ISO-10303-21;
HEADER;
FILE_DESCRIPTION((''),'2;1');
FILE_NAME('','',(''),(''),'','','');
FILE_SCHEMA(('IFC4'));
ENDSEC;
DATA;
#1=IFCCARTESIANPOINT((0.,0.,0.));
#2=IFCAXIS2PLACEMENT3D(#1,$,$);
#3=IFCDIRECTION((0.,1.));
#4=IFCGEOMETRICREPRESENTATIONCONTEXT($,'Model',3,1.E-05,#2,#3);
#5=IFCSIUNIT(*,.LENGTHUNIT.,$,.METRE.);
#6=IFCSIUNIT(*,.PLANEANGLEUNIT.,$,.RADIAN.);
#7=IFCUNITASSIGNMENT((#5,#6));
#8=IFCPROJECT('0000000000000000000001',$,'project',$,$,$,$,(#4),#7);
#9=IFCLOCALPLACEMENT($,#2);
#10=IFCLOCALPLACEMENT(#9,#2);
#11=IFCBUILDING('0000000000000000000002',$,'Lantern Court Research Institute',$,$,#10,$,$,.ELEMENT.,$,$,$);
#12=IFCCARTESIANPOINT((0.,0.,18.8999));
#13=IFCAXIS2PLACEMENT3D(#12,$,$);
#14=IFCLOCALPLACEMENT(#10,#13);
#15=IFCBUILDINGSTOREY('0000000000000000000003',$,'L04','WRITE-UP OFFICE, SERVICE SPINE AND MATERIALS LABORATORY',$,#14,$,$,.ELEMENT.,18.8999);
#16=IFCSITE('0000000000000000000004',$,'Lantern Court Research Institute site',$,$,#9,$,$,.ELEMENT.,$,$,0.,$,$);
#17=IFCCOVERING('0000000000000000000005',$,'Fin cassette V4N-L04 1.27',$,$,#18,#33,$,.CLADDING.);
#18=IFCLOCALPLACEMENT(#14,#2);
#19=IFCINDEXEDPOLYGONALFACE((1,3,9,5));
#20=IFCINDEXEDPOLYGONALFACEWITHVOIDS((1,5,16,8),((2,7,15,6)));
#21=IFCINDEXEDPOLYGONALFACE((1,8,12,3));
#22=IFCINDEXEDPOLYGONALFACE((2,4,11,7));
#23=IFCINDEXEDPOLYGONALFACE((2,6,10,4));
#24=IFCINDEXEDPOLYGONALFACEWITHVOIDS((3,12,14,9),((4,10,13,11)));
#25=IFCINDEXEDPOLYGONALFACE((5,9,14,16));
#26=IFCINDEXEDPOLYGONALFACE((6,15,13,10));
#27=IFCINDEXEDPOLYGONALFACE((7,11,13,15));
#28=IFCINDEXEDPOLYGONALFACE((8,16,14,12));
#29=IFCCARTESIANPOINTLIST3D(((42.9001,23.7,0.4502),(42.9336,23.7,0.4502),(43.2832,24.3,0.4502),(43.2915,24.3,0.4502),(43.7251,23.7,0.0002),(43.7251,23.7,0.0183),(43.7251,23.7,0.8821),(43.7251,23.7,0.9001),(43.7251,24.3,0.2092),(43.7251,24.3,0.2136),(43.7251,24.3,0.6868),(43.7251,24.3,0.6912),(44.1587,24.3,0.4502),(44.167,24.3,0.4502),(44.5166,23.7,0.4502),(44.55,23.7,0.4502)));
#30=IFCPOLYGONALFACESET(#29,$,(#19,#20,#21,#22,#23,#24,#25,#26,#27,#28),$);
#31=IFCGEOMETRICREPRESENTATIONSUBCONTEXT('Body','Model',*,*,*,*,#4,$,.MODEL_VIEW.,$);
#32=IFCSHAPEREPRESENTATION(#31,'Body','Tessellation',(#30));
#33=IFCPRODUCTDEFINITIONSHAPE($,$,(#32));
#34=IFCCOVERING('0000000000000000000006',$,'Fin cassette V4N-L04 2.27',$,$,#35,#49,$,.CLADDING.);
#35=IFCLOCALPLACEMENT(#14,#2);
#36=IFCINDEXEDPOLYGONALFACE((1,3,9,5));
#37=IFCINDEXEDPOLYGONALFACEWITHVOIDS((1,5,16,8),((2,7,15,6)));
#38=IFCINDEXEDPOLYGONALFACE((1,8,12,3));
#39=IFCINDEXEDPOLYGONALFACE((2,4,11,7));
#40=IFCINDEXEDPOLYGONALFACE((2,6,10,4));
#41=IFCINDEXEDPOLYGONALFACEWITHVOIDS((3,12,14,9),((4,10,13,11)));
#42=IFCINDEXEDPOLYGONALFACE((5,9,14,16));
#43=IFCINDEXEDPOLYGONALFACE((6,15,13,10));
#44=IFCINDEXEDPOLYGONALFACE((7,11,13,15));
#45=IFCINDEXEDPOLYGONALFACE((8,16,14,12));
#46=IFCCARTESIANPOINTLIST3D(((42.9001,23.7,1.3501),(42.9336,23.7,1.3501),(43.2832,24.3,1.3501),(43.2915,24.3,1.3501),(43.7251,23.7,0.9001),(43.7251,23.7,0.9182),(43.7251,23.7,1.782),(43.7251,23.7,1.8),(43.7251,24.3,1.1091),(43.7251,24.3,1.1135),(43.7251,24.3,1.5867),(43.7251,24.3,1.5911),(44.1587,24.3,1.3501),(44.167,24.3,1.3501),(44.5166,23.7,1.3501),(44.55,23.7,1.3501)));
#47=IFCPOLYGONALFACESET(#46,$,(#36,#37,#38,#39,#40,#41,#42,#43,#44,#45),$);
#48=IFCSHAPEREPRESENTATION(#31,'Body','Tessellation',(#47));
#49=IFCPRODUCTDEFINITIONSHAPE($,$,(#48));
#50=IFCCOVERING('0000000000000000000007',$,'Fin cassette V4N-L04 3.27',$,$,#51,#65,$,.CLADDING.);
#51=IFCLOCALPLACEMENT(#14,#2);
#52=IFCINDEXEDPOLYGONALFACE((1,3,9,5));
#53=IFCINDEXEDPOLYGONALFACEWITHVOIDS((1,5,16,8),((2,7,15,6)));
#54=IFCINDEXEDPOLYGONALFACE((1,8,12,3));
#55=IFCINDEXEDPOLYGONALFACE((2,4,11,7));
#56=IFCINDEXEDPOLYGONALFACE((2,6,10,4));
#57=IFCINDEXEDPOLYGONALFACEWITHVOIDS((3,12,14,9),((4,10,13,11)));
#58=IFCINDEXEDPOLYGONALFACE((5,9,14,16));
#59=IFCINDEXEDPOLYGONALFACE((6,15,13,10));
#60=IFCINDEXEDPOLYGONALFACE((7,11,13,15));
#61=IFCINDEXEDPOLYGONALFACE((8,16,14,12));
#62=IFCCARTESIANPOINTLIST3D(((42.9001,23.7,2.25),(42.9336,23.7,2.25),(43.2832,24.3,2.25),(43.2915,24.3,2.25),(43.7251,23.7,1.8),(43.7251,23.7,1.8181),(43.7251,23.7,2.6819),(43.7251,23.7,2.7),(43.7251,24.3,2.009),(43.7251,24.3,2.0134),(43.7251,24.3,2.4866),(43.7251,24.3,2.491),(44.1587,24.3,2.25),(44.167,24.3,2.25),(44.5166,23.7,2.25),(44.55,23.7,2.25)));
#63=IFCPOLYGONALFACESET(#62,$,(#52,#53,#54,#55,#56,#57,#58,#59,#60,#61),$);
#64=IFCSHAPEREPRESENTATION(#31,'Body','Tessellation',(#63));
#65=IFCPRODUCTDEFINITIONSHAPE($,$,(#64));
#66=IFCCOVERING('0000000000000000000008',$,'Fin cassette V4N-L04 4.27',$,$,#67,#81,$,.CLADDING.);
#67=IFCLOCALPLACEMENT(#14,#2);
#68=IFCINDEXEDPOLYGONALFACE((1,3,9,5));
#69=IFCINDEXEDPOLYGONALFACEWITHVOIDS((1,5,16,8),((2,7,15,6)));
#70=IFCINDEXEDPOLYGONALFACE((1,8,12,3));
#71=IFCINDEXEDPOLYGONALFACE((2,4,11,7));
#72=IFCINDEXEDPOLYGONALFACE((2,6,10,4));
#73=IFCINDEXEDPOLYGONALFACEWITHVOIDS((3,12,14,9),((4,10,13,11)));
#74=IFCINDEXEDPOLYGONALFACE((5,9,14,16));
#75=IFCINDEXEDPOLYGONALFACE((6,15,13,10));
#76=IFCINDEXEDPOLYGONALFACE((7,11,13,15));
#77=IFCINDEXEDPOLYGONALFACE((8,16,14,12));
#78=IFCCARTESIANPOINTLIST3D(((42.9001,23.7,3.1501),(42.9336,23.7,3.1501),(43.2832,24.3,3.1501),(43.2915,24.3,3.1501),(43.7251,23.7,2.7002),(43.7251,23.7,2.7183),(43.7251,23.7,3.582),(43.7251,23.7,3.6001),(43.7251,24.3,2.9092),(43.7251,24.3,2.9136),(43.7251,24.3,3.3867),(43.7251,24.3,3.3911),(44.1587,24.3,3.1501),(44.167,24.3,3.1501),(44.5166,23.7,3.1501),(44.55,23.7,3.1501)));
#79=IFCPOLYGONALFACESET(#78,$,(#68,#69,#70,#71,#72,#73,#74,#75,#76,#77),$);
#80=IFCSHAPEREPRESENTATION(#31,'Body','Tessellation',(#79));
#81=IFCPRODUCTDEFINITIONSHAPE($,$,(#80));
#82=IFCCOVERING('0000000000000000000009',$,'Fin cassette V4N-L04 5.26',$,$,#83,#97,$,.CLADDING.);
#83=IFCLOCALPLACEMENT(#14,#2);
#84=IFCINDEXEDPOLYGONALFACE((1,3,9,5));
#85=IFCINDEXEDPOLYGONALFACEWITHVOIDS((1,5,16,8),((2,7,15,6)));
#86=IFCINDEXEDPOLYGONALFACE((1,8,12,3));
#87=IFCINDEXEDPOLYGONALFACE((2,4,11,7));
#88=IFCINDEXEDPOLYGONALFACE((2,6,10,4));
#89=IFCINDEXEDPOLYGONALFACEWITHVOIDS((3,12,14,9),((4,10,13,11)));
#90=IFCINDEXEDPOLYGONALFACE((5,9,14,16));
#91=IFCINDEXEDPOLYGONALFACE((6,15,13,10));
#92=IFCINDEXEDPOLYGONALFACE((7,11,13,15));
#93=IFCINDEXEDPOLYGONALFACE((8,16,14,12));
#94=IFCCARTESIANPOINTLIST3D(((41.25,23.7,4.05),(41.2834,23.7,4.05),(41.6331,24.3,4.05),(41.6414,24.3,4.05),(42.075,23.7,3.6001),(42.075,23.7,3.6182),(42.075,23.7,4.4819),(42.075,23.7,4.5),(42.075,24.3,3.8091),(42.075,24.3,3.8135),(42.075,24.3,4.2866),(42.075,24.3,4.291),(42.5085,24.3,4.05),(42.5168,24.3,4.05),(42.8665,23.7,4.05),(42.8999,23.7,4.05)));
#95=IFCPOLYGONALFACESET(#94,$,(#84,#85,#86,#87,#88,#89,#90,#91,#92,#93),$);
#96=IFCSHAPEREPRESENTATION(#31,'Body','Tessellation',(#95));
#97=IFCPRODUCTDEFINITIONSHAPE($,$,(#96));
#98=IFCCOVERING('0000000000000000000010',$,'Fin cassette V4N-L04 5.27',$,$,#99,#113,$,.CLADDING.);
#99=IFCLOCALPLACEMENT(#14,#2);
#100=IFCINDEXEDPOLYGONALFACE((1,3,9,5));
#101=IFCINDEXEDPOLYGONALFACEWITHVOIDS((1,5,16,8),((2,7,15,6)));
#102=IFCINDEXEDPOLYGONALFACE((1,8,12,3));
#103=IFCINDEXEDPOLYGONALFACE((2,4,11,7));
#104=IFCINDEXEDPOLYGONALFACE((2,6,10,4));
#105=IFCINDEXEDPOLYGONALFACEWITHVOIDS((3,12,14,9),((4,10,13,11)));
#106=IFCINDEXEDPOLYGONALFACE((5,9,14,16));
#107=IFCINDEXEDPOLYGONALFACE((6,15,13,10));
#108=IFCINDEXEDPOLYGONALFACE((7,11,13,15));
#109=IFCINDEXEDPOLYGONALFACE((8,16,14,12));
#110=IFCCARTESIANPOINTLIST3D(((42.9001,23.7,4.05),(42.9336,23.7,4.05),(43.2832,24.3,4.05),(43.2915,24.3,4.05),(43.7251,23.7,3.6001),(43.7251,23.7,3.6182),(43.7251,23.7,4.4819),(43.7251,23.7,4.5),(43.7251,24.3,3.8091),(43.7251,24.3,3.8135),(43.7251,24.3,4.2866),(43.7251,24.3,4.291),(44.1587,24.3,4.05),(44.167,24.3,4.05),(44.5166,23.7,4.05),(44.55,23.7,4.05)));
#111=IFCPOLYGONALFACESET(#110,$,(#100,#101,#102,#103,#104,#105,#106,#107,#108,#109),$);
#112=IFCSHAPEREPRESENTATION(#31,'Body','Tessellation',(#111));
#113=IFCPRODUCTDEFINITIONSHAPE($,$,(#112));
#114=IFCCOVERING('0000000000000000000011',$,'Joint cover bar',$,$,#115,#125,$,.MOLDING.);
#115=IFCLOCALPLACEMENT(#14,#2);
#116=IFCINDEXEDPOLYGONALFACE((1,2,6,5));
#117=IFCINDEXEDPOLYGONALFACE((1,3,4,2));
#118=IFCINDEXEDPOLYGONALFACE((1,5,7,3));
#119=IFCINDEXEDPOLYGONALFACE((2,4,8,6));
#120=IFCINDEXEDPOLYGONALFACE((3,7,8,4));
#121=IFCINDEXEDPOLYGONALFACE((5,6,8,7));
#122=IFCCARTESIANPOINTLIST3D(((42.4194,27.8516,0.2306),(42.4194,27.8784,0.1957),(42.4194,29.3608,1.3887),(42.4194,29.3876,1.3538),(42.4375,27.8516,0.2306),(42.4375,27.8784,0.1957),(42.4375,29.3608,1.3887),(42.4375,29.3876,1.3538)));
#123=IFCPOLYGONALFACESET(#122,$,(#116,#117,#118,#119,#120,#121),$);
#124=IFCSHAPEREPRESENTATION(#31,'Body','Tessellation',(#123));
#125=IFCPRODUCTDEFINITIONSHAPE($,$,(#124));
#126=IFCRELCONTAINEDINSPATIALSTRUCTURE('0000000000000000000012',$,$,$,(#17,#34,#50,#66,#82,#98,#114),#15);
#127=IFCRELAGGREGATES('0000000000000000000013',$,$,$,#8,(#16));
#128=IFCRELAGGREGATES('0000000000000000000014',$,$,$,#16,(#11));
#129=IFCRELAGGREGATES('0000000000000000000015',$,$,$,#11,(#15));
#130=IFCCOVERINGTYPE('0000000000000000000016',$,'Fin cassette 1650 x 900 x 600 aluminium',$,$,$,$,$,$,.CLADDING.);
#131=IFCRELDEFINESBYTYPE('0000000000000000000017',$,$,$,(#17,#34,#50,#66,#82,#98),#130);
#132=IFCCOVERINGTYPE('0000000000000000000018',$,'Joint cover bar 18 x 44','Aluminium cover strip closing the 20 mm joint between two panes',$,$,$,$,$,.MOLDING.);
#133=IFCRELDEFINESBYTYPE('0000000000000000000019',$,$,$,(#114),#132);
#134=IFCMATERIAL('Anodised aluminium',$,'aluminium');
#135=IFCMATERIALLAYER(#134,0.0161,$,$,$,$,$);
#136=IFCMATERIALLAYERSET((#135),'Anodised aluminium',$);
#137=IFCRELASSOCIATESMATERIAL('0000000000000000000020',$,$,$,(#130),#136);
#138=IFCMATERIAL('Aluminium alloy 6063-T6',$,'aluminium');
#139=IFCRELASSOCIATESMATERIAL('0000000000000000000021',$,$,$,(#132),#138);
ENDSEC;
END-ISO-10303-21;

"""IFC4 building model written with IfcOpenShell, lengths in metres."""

from ifc_helpers import new_model, entity, si_unit, direction, frame, origin, origin_2d, place, context, subcontext, project, spatial, rectangle, extrude, material, layer, layer_set, material_profile, profile_set, type_object, element, save


model = new_model("IFC4")

# Units and contexts
model_context = context("Model", 3, precision=1e-05, world=origin(), true_north=direction((0.0, 1.0)))
body_context = subcontext(model_context, "Body", "Model", "MODEL_VIEW")
ifc_project = project(units=[si_unit("LENGTHUNIT", "METRE"), si_unit("PLANEANGLEUNIT", "RADIAN")], contexts=[model_context])

# Site, building, storey
site_placement = place(None, origin())
site = spatial("IfcSite", under=ifc_project, at=site_placement, Name="Lantern Court Research Institute site", CompositionType="ELEMENT", RefElevation=0.0)
building_placement = place(site_placement, origin())
building = spatial("IfcBuilding", under=site, at=building_placement, Name="Lantern Court Research Institute", CompositionType="ELEMENT")
storey_placement = place(building_placement, frame((0.0, 0.0, 18.8999)))
storey = spatial("IfcBuildingStorey", under=building, at=storey_placement, Name="L04", Description="WRITE-UP OFFICE, SERVICE SPINE AND MATERIALS LABORATORY", CompositionType="ELEMENT", Elevation=18.8999)

# Coverings
ifc_material_1 = material(Name="Anodised aluminium", Category="aluminium")
ifc_layer_1 = layer(ifc_material_1, 0.0161)
ifc_layer_set_1 = layer_set([ifc_layer_1], Name="Anodised aluminium")
covering_type_1 = type_object("IfcCoveringType", Name="Fin cassette 1650 x 900 x 600 aluminium", PredefinedType="CLADDING", material=ifc_layer_set_1)
covering_1_placement = place(storey_placement, frame((43.7251, 23.7, 0.4502), z_axis=(0.0, 1.0, 0.0), x_axis=(-1.0, 0.0, 0.0)))
cartesian_point_1 = entity("IfcCartesianPoint", [0.825, 0.0])
cartesian_point_2 = entity("IfcCartesianPoint", [0.7915, 0.0])
cartesian_point_3 = entity("IfcCartesianPoint", [0.4419, 0.0])
cartesian_point_4 = entity("IfcCartesianPoint", [0.4336, 0.0])
element("IfcCovering", 1, at=covering_1_placement, inside=storey, type_object=covering_type_1, Name="Fin cassette V4N-L04 1.27", PredefinedType="CLADDING", context=body_context, shape_type="SweptSolid", body=[
    entity("IfcExtrudedAreaSolidTapered", entity("IfcArbitraryProfileDefWithVoids", "AREA", None, entity("IfcPolyline", [cartesian_point_1, entity("IfcCartesianPoint", [0.0, 0.45]), entity("IfcCartesianPoint", [-0.825, 0.0]), entity("IfcCartesianPoint", [0.0, -0.45]), cartesian_point_1]), [entity("IfcPolyline", [cartesian_point_2, entity("IfcCartesianPoint", [0.0, 0.4319]), entity("IfcCartesianPoint", [-0.7915, 0.0]), entity("IfcCartesianPoint", [0.0, -0.4319]), cartesian_point_2])]), entity("IfcAxis2Placement3D", entity("IfcCartesianPoint", [0.0, 0.0, 0.0])), entity("IfcDirection", [0.0, 0.0, 1.0]), 0.6001, entity("IfcArbitraryProfileDefWithVoids", "AREA", None, entity("IfcPolyline", [cartesian_point_3, entity("IfcCartesianPoint", [0.0, 0.241]), entity("IfcCartesianPoint", [-0.4419, 0.0]), entity("IfcCartesianPoint", [0.0, -0.241]), cartesian_point_3]), [entity("IfcPolyline", [cartesian_point_4, entity("IfcCartesianPoint", [0.0, 0.2366]), entity("IfcCartesianPoint", [-0.4336, 0.0]), entity("IfcCartesianPoint", [0.0, -0.2366]), cartesian_point_4])])),
])
covering_2_placement = place(storey_placement, frame((43.7251, 23.7, 1.3501), z_axis=(0.0, 1.0, 0.0), x_axis=(-1.0, 0.0, 0.0)))
cartesian_point_5 = entity("IfcCartesianPoint", [0.825, 0.0])
cartesian_point_6 = entity("IfcCartesianPoint", [0.7915, 0.0])
cartesian_point_7 = entity("IfcCartesianPoint", [0.4419, 0.0])
cartesian_point_8 = entity("IfcCartesianPoint", [0.4336, 0.0])
element("IfcCovering", 2, at=covering_2_placement, inside=storey, type_object=covering_type_1, Name="Fin cassette V4N-L04 2.27", PredefinedType="CLADDING", context=body_context, shape_type="SweptSolid", body=[
    entity("IfcExtrudedAreaSolidTapered", entity("IfcArbitraryProfileDefWithVoids", "AREA", None, entity("IfcPolyline", [cartesian_point_5, entity("IfcCartesianPoint", [0.0, 0.45]), entity("IfcCartesianPoint", [-0.825, 0.0]), entity("IfcCartesianPoint", [0.0, -0.45]), cartesian_point_5]), [entity("IfcPolyline", [cartesian_point_6, entity("IfcCartesianPoint", [0.0, 0.4319]), entity("IfcCartesianPoint", [-0.7915, 0.0]), entity("IfcCartesianPoint", [0.0, -0.4319]), cartesian_point_6])]), entity("IfcAxis2Placement3D", entity("IfcCartesianPoint", [0.0, 0.0, 0.0])), entity("IfcDirection", [0.0, 0.0, 1.0]), 0.6001, entity("IfcArbitraryProfileDefWithVoids", "AREA", None, entity("IfcPolyline", [cartesian_point_7, entity("IfcCartesianPoint", [0.0, 0.241]), entity("IfcCartesianPoint", [-0.4419, 0.0]), entity("IfcCartesianPoint", [0.0, -0.241]), cartesian_point_7]), [entity("IfcPolyline", [cartesian_point_8, entity("IfcCartesianPoint", [0.0, 0.2366]), entity("IfcCartesianPoint", [-0.4336, 0.0]), entity("IfcCartesianPoint", [0.0, -0.2366]), cartesian_point_8])])),
])
covering_3_placement = place(storey_placement, frame((43.7251, 23.7, 2.25), z_axis=(0.0, 1.0, 0.0), x_axis=(-1.0, 0.0, 0.0)))
cartesian_point_9 = entity("IfcCartesianPoint", [0.825, 0.0])
cartesian_point_10 = entity("IfcCartesianPoint", [0.7915, 0.0])
cartesian_point_11 = entity("IfcCartesianPoint", [0.4419, 0.0])
cartesian_point_12 = entity("IfcCartesianPoint", [0.4336, 0.0])
element("IfcCovering", 3, at=covering_3_placement, inside=storey, type_object=covering_type_1, Name="Fin cassette V4N-L04 3.27", PredefinedType="CLADDING", context=body_context, shape_type="SweptSolid", body=[
    entity("IfcExtrudedAreaSolidTapered", entity("IfcArbitraryProfileDefWithVoids", "AREA", None, entity("IfcPolyline", [cartesian_point_9, entity("IfcCartesianPoint", [0.0, 0.45]), entity("IfcCartesianPoint", [-0.825, 0.0]), entity("IfcCartesianPoint", [0.0, -0.45]), cartesian_point_9]), [entity("IfcPolyline", [cartesian_point_10, entity("IfcCartesianPoint", [0.0, 0.4319]), entity("IfcCartesianPoint", [-0.7915, 0.0]), entity("IfcCartesianPoint", [0.0, -0.4319]), cartesian_point_10])]), entity("IfcAxis2Placement3D", entity("IfcCartesianPoint", [0.0, 0.0, 0.0])), entity("IfcDirection", [0.0, 0.0, 1.0]), 0.6001, entity("IfcArbitraryProfileDefWithVoids", "AREA", None, entity("IfcPolyline", [cartesian_point_11, entity("IfcCartesianPoint", [0.0, 0.241]), entity("IfcCartesianPoint", [-0.4419, 0.0]), entity("IfcCartesianPoint", [0.0, -0.241]), cartesian_point_11]), [entity("IfcPolyline", [cartesian_point_12, entity("IfcCartesianPoint", [0.0, 0.2366]), entity("IfcCartesianPoint", [-0.4336, 0.0]), entity("IfcCartesianPoint", [0.0, -0.2366]), cartesian_point_12])])),
])
covering_4_placement = place(storey_placement, frame((43.7251, 23.7, 3.1501), z_axis=(0.0, 1.0, 0.0), x_axis=(-1.0, 0.0, 0.0)))
cartesian_point_13 = entity("IfcCartesianPoint", [0.825, 0.0])
cartesian_point_14 = entity("IfcCartesianPoint", [0.7915, 0.0])
cartesian_point_15 = entity("IfcCartesianPoint", [0.4419, 0.0])
cartesian_point_16 = entity("IfcCartesianPoint", [0.4336, 0.0])
element("IfcCovering", 4, at=covering_4_placement, inside=storey, type_object=covering_type_1, Name="Fin cassette V4N-L04 4.27", PredefinedType="CLADDING", context=body_context, shape_type="SweptSolid", body=[
    entity("IfcExtrudedAreaSolidTapered", entity("IfcArbitraryProfileDefWithVoids", "AREA", None, entity("IfcPolyline", [cartesian_point_13, entity("IfcCartesianPoint", [0.0, 0.45]), entity("IfcCartesianPoint", [-0.825, 0.0]), entity("IfcCartesianPoint", [0.0, -0.45]), cartesian_point_13]), [entity("IfcPolyline", [cartesian_point_14, entity("IfcCartesianPoint", [0.0, 0.4319]), entity("IfcCartesianPoint", [-0.7915, 0.0]), entity("IfcCartesianPoint", [0.0, -0.4319]), cartesian_point_14])]), entity("IfcAxis2Placement3D", entity("IfcCartesianPoint", [0.0, 0.0, 0.0])), entity("IfcDirection", [0.0, 0.0, 1.0]), 0.6001, entity("IfcArbitraryProfileDefWithVoids", "AREA", None, entity("IfcPolyline", [cartesian_point_15, entity("IfcCartesianPoint", [0.0, 0.241]), entity("IfcCartesianPoint", [-0.4419, 0.0]), entity("IfcCartesianPoint", [0.0, -0.241]), cartesian_point_15]), [entity("IfcPolyline", [cartesian_point_16, entity("IfcCartesianPoint", [0.0, 0.2366]), entity("IfcCartesianPoint", [-0.4336, 0.0]), entity("IfcCartesianPoint", [0.0, -0.2366]), cartesian_point_16])])),
])
covering_5_placement = place(storey_placement, frame((42.075, 23.7, 4.05), z_axis=(0.0, 1.0, 0.0), x_axis=(-1.0, 0.0, 0.0)))
cartesian_point_17 = entity("IfcCartesianPoint", [0.825, 0.0])
cartesian_point_18 = entity("IfcCartesianPoint", [0.7915, 0.0])
cartesian_point_19 = entity("IfcCartesianPoint", [0.4419, 0.0])
cartesian_point_20 = entity("IfcCartesianPoint", [0.4336, 0.0])
element("IfcCovering", 5, at=covering_5_placement, inside=storey, type_object=covering_type_1, Name="Fin cassette V4N-L04 5.26", PredefinedType="CLADDING", context=body_context, shape_type="SweptSolid", body=[
    entity("IfcExtrudedAreaSolidTapered", entity("IfcArbitraryProfileDefWithVoids", "AREA", None, entity("IfcPolyline", [cartesian_point_17, entity("IfcCartesianPoint", [0.0, 0.45]), entity("IfcCartesianPoint", [-0.825, 0.0]), entity("IfcCartesianPoint", [0.0, -0.45]), cartesian_point_17]), [entity("IfcPolyline", [cartesian_point_18, entity("IfcCartesianPoint", [0.0, 0.4319]), entity("IfcCartesianPoint", [-0.7915, 0.0]), entity("IfcCartesianPoint", [0.0, -0.4319]), cartesian_point_18])]), entity("IfcAxis2Placement3D", entity("IfcCartesianPoint", [0.0, 0.0, 0.0])), entity("IfcDirection", [0.0, 0.0, 1.0]), 0.6001, entity("IfcArbitraryProfileDefWithVoids", "AREA", None, entity("IfcPolyline", [cartesian_point_19, entity("IfcCartesianPoint", [0.0, 0.241]), entity("IfcCartesianPoint", [-0.4419, 0.0]), entity("IfcCartesianPoint", [0.0, -0.241]), cartesian_point_19]), [entity("IfcPolyline", [cartesian_point_20, entity("IfcCartesianPoint", [0.0, 0.2366]), entity("IfcCartesianPoint", [-0.4336, 0.0]), entity("IfcCartesianPoint", [0.0, -0.2366]), cartesian_point_20])])),
])
covering_6_placement = place(storey_placement, frame((43.7251, 23.7, 4.05), z_axis=(0.0, 1.0, 0.0), x_axis=(-1.0, 0.0, 0.0)))
cartesian_point_21 = entity("IfcCartesianPoint", [0.825, 0.0])
cartesian_point_22 = entity("IfcCartesianPoint", [0.7915, 0.0])
cartesian_point_23 = entity("IfcCartesianPoint", [0.4419, 0.0])
cartesian_point_24 = entity("IfcCartesianPoint", [0.4336, 0.0])
element("IfcCovering", 6, at=covering_6_placement, inside=storey, type_object=covering_type_1, Name="Fin cassette V4N-L04 5.27", PredefinedType="CLADDING", context=body_context, shape_type="SweptSolid", body=[
    entity("IfcExtrudedAreaSolidTapered", entity("IfcArbitraryProfileDefWithVoids", "AREA", None, entity("IfcPolyline", [cartesian_point_21, entity("IfcCartesianPoint", [0.0, 0.45]), entity("IfcCartesianPoint", [-0.825, 0.0]), entity("IfcCartesianPoint", [0.0, -0.45]), cartesian_point_21]), [entity("IfcPolyline", [cartesian_point_22, entity("IfcCartesianPoint", [0.0, 0.4319]), entity("IfcCartesianPoint", [-0.7915, 0.0]), entity("IfcCartesianPoint", [0.0, -0.4319]), cartesian_point_22])]), entity("IfcAxis2Placement3D", entity("IfcCartesianPoint", [0.0, 0.0, 0.0])), entity("IfcDirection", [0.0, 0.0, 1.0]), 0.6001, entity("IfcArbitraryProfileDefWithVoids", "AREA", None, entity("IfcPolyline", [cartesian_point_23, entity("IfcCartesianPoint", [0.0, 0.241]), entity("IfcCartesianPoint", [-0.4419, 0.0]), entity("IfcCartesianPoint", [0.0, -0.241]), cartesian_point_23]), [entity("IfcPolyline", [cartesian_point_24, entity("IfcCartesianPoint", [0.0, 0.2366]), entity("IfcCartesianPoint", [-0.4336, 0.0]), entity("IfcCartesianPoint", [0.0, -0.2366]), cartesian_point_24])])),
])
ifc_material_2 = material(Name="Aluminium alloy 6063-T6", Category="aluminium")
ifc_material_profile_1 = material_profile(ifc_material_2, rectangle(XDim=0.0181, YDim=0.0439, at=origin_2d()), Name="Joint cover bar 18 x 44")
ifc_profile_set_1 = profile_set([ifc_material_profile_1], Name="Aluminium alloy 6063-T6")
covering_type_2 = type_object("IfcCoveringType", Name="Joint cover bar 18 x 44", Description="Aluminium cover strip closing the 20 mm joint between two panes", PredefinedType="MOLDING", material=ifc_profile_set_1)
covering_7_placement = place(storey_placement, frame((42.4285, 27.865, 0.2131), z_axis=(0.0, 0.79333, 0.608792), x_axis=(-1.0, 0.0, 0.0)))
element("IfcCovering", 7, at=covering_7_placement, inside=storey, type_object=covering_type_2, Name="Joint cover bar", PredefinedType="MOLDING", context=body_context, shape_type="SweptSolid", body=[
    extrude(rectangle(XDim=0.0181, YDim=0.0439, at=origin_2d()), origin(), (0.0, 0.0, 1.0), 1.9023),
])

save(model, "model.ifc")
